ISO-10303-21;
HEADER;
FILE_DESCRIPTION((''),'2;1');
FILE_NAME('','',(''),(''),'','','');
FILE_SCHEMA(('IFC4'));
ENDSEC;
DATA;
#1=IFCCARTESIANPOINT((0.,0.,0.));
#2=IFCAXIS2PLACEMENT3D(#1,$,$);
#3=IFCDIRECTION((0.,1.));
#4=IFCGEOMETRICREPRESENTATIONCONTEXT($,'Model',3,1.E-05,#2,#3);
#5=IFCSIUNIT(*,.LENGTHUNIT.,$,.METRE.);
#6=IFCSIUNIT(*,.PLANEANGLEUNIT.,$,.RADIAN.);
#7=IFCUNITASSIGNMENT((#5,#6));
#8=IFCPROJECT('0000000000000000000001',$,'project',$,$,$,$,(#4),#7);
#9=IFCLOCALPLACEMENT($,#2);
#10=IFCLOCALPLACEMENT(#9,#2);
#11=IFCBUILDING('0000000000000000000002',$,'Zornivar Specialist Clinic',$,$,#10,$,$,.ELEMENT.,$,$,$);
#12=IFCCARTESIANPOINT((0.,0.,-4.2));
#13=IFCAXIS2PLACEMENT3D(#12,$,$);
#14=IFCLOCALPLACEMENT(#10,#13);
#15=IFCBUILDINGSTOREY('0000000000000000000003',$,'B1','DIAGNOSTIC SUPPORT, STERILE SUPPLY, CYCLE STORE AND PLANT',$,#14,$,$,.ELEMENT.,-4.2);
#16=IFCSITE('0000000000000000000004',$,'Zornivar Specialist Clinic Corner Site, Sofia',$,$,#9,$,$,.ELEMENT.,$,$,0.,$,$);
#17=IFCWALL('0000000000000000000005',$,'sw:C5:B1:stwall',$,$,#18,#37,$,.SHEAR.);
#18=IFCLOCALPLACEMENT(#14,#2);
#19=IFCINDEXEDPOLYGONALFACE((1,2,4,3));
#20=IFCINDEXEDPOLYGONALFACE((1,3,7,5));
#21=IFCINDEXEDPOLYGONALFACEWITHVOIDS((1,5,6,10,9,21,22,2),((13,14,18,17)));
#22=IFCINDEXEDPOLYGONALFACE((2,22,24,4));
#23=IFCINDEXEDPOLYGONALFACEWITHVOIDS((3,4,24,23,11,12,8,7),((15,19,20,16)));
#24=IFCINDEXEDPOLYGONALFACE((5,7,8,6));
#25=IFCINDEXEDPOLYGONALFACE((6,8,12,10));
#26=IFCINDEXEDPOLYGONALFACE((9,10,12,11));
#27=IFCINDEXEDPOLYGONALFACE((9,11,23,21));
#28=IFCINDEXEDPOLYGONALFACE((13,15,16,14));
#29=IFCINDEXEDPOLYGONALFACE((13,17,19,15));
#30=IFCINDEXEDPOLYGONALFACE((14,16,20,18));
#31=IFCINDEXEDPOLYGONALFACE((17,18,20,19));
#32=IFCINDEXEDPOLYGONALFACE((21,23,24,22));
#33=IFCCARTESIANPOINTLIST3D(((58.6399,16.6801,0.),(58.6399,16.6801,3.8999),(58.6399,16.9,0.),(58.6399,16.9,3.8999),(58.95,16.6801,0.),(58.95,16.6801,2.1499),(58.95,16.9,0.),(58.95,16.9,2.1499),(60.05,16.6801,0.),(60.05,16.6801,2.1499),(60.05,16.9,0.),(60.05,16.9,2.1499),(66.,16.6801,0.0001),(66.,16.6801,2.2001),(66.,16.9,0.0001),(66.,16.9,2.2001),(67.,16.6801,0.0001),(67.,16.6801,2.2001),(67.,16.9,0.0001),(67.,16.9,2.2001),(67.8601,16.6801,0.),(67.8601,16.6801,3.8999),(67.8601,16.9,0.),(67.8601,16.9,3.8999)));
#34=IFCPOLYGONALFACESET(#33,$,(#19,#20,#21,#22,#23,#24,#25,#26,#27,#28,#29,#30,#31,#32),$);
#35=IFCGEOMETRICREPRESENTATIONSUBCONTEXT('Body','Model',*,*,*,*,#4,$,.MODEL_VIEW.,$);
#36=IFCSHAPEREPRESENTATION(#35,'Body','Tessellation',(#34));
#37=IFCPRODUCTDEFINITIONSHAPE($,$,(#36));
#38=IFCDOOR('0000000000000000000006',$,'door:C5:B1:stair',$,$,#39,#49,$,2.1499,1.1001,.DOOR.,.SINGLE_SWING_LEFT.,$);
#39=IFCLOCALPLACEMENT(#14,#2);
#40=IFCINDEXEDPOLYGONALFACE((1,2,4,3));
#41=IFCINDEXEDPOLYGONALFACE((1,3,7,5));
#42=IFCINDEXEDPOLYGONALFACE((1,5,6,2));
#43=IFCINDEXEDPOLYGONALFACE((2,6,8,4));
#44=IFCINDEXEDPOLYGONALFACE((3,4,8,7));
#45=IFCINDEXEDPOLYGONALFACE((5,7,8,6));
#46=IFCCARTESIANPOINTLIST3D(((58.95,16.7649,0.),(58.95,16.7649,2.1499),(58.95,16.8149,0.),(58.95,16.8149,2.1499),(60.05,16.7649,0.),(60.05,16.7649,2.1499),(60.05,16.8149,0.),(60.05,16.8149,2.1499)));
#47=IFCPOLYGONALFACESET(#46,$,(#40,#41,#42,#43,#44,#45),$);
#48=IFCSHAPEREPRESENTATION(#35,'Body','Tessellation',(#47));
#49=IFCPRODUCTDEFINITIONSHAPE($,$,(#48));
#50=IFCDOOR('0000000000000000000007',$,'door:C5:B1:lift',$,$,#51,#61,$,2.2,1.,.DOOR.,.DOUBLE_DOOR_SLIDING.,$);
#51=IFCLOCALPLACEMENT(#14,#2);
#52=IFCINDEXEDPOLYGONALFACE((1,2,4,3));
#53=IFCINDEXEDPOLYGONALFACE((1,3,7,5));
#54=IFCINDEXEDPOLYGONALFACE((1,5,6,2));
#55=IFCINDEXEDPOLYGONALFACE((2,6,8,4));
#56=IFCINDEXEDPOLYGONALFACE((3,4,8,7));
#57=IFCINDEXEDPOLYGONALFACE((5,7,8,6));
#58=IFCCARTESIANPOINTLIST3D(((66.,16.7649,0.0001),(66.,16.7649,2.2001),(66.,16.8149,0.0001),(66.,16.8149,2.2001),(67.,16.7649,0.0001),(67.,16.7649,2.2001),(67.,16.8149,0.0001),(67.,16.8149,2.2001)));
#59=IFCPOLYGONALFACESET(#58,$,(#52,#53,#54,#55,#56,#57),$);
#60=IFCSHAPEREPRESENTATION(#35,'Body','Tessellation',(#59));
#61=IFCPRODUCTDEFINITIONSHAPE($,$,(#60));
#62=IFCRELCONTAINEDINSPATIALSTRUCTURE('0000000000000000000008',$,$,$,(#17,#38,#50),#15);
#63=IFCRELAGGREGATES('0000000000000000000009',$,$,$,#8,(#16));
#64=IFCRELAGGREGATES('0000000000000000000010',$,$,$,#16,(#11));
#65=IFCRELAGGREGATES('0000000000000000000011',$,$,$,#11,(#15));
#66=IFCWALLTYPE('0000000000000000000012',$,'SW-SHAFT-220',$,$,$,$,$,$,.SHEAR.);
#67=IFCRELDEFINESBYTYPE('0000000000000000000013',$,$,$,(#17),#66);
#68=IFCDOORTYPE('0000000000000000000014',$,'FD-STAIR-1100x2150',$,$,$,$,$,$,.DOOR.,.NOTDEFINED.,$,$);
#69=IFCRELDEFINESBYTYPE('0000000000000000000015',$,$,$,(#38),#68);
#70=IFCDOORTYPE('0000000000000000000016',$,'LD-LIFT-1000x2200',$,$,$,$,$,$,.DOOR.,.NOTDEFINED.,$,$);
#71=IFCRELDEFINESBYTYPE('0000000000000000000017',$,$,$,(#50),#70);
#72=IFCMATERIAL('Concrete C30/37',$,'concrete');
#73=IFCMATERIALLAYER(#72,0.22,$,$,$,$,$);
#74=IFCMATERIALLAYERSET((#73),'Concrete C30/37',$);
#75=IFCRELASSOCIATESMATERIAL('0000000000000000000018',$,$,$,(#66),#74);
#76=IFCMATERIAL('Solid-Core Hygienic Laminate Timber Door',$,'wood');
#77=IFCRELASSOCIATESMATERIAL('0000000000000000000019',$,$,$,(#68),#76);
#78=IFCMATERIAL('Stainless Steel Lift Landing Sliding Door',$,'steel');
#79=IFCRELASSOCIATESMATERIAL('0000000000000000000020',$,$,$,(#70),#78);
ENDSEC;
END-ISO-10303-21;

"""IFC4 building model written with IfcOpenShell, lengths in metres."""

from ifc_helpers import new_model, si_unit, direction, frame, frame_2d, origin, place, context, subcontext, project, spatial, rectangle, extrude, material, layer, layer_set, type_object, element, fill, save


model = new_model("IFC4")

# Units and contexts
model_context = context("Model", 3, precision=1e-05, world=origin(), true_north=direction((0.0, 1.0)))
body_context = subcontext(model_context, "Body", "Model", "MODEL_VIEW")
ifc_project = project(units=[si_unit("LENGTHUNIT", "METRE"), si_unit("PLANEANGLEUNIT", "RADIAN")], contexts=[model_context])

# Site, building, storey
site_placement = place(None, origin())
site = spatial("IfcSite", under=ifc_project, at=site_placement, Name="Zornivar Specialist Clinic Corner Site, Sofia", CompositionType="ELEMENT", RefElevation=0.0)
building_placement = place(site_placement, origin())
building = spatial("IfcBuilding", under=site, at=building_placement, Name="Zornivar Specialist Clinic", CompositionType="ELEMENT")
storey_placement = place(building_placement, frame((0.0, 0.0, -4.2)))
storey = spatial("IfcBuildingStorey", under=building, at=storey_placement, Name="B1", Description="DIAGNOSTIC SUPPORT, STERILE SUPPLY, CYCLE STORE AND PLANT", CompositionType="ELEMENT", Elevation=-4.2)

# Wall, openings, doors
ifc_material_1 = material(Name="Concrete C30/37", Category="concrete")
ifc_layer_1 = layer(ifc_material_1, 0.22)
ifc_layer_set_1 = layer_set([ifc_layer_1], Name="Concrete C30/37")
wall_type_1 = type_object("IfcWallType", Name="SW-SHAFT-220", PredefinedType="SHEAR", material=ifc_layer_set_1)
wall_1_placement = place(storey_placement, frame((58.6399, 16.79, 0.0), z_axis=(0.0, 0.0, 1.0), x_axis=(1.0, 0.0, 0.0)))
wall_1 = element("IfcWall", 1, at=wall_1_placement, inside=storey, type_object=wall_type_1, Name="sw:C5:B1:stwall", PredefinedType="SHEAR", context=body_context, shape_type="SweptSolid", body=[
    extrude(rectangle(XDim=9.2202, YDim=0.22, at=frame_2d((4.6101, 0.0))), origin(), (0.0, 0.0, 1.0), 3.8999),
])
opening_1_placement = place(wall_1_placement, frame((0.3101, 0.0, 0.0)))
opening_1 = element("IfcOpeningElement", 2, at=opening_1_placement, cuts=wall_1, PredefinedType="OPENING", context=body_context, shape_type="SweptSolid", body=[
    extrude(rectangle(XDim=1.1001, YDim=2.1499, at=frame_2d((0.55, 1.075))), frame((0.0, 0.1199, 0.0), z_axis=(0.0, -1.0, 0.0), x_axis=(1.0, 0.0, 0.0)), (0.0, 0.0, 1.0), 0.24),
])
opening_2_placement = place(wall_1_placement, frame((7.3601, 0.0, 0.0)))
opening_2 = element("IfcOpeningElement", 3, at=opening_2_placement, cuts=wall_1, PredefinedType="OPENING", context=body_context, shape_type="SweptSolid", body=[
    extrude(rectangle(XDim=1.0, YDim=2.2, at=frame_2d((0.5, 1.1001))), frame((0.0, 0.1199, 0.0), z_axis=(0.0, -1.0, 0.0), x_axis=(1.0, 0.0, 0.0)), (0.0, 0.0, 1.0), 0.24),
])
ifc_material_2 = material(Name="Solid-Core Hygienic Laminate Timber Door", Category="wood")
door_type_1 = type_object("IfcDoorType", Name="FD-STAIR-1100x2150", OperationType="NOTDEFINED", PredefinedType="DOOR", material=ifc_material_2)
door_1_placement = place(opening_1_placement, origin())
door_1 = element("IfcDoor", 4, at=door_1_placement, inside=storey, type_object=door_type_1, Name="door:C5:B1:stair", OperationType="SINGLE_SWING_LEFT", OverallHeight=2.1499, OverallWidth=1.1001, PredefinedType="DOOR", context=body_context, shape_type="SweptSolid", body=[
    extrude(rectangle(XDim=1.1001, YDim=2.1499, at=frame_2d((0.55, 1.075))), frame((0.0, 0.0249, 0.0), z_axis=(0.0, -1.0, 0.0), x_axis=(1.0, 0.0, 0.0)), (0.0, 0.0, 1.0), 0.05),
])
fill(opening_1, door_1)
ifc_material_3 = material(Name="Stainless Steel Lift Landing Sliding Door", Category="steel")
door_type_2 = type_object("IfcDoorType", Name="LD-LIFT-1000x2200", OperationType="NOTDEFINED", PredefinedType="DOOR", material=ifc_material_3)
door_2_placement = place(opening_2_placement, origin())
door_2 = element("IfcDoor", 5, at=door_2_placement, inside=storey, type_object=door_type_2, Name="door:C5:B1:lift", OperationType="DOUBLE_DOOR_SLIDING", OverallHeight=2.2, OverallWidth=1.0, PredefinedType="DOOR", context=body_context, shape_type="SweptSolid", body=[
    extrude(rectangle(XDim=1.0, YDim=2.2, at=frame_2d((0.5, 1.1001))), frame((0.0, 0.0249, 0.0), z_axis=(0.0, -1.0, 0.0), x_axis=(1.0, 0.0, 0.0)), (0.0, 0.0, 1.0), 0.05),
])
fill(opening_2, door_2)

save(model, "model.ifc")
